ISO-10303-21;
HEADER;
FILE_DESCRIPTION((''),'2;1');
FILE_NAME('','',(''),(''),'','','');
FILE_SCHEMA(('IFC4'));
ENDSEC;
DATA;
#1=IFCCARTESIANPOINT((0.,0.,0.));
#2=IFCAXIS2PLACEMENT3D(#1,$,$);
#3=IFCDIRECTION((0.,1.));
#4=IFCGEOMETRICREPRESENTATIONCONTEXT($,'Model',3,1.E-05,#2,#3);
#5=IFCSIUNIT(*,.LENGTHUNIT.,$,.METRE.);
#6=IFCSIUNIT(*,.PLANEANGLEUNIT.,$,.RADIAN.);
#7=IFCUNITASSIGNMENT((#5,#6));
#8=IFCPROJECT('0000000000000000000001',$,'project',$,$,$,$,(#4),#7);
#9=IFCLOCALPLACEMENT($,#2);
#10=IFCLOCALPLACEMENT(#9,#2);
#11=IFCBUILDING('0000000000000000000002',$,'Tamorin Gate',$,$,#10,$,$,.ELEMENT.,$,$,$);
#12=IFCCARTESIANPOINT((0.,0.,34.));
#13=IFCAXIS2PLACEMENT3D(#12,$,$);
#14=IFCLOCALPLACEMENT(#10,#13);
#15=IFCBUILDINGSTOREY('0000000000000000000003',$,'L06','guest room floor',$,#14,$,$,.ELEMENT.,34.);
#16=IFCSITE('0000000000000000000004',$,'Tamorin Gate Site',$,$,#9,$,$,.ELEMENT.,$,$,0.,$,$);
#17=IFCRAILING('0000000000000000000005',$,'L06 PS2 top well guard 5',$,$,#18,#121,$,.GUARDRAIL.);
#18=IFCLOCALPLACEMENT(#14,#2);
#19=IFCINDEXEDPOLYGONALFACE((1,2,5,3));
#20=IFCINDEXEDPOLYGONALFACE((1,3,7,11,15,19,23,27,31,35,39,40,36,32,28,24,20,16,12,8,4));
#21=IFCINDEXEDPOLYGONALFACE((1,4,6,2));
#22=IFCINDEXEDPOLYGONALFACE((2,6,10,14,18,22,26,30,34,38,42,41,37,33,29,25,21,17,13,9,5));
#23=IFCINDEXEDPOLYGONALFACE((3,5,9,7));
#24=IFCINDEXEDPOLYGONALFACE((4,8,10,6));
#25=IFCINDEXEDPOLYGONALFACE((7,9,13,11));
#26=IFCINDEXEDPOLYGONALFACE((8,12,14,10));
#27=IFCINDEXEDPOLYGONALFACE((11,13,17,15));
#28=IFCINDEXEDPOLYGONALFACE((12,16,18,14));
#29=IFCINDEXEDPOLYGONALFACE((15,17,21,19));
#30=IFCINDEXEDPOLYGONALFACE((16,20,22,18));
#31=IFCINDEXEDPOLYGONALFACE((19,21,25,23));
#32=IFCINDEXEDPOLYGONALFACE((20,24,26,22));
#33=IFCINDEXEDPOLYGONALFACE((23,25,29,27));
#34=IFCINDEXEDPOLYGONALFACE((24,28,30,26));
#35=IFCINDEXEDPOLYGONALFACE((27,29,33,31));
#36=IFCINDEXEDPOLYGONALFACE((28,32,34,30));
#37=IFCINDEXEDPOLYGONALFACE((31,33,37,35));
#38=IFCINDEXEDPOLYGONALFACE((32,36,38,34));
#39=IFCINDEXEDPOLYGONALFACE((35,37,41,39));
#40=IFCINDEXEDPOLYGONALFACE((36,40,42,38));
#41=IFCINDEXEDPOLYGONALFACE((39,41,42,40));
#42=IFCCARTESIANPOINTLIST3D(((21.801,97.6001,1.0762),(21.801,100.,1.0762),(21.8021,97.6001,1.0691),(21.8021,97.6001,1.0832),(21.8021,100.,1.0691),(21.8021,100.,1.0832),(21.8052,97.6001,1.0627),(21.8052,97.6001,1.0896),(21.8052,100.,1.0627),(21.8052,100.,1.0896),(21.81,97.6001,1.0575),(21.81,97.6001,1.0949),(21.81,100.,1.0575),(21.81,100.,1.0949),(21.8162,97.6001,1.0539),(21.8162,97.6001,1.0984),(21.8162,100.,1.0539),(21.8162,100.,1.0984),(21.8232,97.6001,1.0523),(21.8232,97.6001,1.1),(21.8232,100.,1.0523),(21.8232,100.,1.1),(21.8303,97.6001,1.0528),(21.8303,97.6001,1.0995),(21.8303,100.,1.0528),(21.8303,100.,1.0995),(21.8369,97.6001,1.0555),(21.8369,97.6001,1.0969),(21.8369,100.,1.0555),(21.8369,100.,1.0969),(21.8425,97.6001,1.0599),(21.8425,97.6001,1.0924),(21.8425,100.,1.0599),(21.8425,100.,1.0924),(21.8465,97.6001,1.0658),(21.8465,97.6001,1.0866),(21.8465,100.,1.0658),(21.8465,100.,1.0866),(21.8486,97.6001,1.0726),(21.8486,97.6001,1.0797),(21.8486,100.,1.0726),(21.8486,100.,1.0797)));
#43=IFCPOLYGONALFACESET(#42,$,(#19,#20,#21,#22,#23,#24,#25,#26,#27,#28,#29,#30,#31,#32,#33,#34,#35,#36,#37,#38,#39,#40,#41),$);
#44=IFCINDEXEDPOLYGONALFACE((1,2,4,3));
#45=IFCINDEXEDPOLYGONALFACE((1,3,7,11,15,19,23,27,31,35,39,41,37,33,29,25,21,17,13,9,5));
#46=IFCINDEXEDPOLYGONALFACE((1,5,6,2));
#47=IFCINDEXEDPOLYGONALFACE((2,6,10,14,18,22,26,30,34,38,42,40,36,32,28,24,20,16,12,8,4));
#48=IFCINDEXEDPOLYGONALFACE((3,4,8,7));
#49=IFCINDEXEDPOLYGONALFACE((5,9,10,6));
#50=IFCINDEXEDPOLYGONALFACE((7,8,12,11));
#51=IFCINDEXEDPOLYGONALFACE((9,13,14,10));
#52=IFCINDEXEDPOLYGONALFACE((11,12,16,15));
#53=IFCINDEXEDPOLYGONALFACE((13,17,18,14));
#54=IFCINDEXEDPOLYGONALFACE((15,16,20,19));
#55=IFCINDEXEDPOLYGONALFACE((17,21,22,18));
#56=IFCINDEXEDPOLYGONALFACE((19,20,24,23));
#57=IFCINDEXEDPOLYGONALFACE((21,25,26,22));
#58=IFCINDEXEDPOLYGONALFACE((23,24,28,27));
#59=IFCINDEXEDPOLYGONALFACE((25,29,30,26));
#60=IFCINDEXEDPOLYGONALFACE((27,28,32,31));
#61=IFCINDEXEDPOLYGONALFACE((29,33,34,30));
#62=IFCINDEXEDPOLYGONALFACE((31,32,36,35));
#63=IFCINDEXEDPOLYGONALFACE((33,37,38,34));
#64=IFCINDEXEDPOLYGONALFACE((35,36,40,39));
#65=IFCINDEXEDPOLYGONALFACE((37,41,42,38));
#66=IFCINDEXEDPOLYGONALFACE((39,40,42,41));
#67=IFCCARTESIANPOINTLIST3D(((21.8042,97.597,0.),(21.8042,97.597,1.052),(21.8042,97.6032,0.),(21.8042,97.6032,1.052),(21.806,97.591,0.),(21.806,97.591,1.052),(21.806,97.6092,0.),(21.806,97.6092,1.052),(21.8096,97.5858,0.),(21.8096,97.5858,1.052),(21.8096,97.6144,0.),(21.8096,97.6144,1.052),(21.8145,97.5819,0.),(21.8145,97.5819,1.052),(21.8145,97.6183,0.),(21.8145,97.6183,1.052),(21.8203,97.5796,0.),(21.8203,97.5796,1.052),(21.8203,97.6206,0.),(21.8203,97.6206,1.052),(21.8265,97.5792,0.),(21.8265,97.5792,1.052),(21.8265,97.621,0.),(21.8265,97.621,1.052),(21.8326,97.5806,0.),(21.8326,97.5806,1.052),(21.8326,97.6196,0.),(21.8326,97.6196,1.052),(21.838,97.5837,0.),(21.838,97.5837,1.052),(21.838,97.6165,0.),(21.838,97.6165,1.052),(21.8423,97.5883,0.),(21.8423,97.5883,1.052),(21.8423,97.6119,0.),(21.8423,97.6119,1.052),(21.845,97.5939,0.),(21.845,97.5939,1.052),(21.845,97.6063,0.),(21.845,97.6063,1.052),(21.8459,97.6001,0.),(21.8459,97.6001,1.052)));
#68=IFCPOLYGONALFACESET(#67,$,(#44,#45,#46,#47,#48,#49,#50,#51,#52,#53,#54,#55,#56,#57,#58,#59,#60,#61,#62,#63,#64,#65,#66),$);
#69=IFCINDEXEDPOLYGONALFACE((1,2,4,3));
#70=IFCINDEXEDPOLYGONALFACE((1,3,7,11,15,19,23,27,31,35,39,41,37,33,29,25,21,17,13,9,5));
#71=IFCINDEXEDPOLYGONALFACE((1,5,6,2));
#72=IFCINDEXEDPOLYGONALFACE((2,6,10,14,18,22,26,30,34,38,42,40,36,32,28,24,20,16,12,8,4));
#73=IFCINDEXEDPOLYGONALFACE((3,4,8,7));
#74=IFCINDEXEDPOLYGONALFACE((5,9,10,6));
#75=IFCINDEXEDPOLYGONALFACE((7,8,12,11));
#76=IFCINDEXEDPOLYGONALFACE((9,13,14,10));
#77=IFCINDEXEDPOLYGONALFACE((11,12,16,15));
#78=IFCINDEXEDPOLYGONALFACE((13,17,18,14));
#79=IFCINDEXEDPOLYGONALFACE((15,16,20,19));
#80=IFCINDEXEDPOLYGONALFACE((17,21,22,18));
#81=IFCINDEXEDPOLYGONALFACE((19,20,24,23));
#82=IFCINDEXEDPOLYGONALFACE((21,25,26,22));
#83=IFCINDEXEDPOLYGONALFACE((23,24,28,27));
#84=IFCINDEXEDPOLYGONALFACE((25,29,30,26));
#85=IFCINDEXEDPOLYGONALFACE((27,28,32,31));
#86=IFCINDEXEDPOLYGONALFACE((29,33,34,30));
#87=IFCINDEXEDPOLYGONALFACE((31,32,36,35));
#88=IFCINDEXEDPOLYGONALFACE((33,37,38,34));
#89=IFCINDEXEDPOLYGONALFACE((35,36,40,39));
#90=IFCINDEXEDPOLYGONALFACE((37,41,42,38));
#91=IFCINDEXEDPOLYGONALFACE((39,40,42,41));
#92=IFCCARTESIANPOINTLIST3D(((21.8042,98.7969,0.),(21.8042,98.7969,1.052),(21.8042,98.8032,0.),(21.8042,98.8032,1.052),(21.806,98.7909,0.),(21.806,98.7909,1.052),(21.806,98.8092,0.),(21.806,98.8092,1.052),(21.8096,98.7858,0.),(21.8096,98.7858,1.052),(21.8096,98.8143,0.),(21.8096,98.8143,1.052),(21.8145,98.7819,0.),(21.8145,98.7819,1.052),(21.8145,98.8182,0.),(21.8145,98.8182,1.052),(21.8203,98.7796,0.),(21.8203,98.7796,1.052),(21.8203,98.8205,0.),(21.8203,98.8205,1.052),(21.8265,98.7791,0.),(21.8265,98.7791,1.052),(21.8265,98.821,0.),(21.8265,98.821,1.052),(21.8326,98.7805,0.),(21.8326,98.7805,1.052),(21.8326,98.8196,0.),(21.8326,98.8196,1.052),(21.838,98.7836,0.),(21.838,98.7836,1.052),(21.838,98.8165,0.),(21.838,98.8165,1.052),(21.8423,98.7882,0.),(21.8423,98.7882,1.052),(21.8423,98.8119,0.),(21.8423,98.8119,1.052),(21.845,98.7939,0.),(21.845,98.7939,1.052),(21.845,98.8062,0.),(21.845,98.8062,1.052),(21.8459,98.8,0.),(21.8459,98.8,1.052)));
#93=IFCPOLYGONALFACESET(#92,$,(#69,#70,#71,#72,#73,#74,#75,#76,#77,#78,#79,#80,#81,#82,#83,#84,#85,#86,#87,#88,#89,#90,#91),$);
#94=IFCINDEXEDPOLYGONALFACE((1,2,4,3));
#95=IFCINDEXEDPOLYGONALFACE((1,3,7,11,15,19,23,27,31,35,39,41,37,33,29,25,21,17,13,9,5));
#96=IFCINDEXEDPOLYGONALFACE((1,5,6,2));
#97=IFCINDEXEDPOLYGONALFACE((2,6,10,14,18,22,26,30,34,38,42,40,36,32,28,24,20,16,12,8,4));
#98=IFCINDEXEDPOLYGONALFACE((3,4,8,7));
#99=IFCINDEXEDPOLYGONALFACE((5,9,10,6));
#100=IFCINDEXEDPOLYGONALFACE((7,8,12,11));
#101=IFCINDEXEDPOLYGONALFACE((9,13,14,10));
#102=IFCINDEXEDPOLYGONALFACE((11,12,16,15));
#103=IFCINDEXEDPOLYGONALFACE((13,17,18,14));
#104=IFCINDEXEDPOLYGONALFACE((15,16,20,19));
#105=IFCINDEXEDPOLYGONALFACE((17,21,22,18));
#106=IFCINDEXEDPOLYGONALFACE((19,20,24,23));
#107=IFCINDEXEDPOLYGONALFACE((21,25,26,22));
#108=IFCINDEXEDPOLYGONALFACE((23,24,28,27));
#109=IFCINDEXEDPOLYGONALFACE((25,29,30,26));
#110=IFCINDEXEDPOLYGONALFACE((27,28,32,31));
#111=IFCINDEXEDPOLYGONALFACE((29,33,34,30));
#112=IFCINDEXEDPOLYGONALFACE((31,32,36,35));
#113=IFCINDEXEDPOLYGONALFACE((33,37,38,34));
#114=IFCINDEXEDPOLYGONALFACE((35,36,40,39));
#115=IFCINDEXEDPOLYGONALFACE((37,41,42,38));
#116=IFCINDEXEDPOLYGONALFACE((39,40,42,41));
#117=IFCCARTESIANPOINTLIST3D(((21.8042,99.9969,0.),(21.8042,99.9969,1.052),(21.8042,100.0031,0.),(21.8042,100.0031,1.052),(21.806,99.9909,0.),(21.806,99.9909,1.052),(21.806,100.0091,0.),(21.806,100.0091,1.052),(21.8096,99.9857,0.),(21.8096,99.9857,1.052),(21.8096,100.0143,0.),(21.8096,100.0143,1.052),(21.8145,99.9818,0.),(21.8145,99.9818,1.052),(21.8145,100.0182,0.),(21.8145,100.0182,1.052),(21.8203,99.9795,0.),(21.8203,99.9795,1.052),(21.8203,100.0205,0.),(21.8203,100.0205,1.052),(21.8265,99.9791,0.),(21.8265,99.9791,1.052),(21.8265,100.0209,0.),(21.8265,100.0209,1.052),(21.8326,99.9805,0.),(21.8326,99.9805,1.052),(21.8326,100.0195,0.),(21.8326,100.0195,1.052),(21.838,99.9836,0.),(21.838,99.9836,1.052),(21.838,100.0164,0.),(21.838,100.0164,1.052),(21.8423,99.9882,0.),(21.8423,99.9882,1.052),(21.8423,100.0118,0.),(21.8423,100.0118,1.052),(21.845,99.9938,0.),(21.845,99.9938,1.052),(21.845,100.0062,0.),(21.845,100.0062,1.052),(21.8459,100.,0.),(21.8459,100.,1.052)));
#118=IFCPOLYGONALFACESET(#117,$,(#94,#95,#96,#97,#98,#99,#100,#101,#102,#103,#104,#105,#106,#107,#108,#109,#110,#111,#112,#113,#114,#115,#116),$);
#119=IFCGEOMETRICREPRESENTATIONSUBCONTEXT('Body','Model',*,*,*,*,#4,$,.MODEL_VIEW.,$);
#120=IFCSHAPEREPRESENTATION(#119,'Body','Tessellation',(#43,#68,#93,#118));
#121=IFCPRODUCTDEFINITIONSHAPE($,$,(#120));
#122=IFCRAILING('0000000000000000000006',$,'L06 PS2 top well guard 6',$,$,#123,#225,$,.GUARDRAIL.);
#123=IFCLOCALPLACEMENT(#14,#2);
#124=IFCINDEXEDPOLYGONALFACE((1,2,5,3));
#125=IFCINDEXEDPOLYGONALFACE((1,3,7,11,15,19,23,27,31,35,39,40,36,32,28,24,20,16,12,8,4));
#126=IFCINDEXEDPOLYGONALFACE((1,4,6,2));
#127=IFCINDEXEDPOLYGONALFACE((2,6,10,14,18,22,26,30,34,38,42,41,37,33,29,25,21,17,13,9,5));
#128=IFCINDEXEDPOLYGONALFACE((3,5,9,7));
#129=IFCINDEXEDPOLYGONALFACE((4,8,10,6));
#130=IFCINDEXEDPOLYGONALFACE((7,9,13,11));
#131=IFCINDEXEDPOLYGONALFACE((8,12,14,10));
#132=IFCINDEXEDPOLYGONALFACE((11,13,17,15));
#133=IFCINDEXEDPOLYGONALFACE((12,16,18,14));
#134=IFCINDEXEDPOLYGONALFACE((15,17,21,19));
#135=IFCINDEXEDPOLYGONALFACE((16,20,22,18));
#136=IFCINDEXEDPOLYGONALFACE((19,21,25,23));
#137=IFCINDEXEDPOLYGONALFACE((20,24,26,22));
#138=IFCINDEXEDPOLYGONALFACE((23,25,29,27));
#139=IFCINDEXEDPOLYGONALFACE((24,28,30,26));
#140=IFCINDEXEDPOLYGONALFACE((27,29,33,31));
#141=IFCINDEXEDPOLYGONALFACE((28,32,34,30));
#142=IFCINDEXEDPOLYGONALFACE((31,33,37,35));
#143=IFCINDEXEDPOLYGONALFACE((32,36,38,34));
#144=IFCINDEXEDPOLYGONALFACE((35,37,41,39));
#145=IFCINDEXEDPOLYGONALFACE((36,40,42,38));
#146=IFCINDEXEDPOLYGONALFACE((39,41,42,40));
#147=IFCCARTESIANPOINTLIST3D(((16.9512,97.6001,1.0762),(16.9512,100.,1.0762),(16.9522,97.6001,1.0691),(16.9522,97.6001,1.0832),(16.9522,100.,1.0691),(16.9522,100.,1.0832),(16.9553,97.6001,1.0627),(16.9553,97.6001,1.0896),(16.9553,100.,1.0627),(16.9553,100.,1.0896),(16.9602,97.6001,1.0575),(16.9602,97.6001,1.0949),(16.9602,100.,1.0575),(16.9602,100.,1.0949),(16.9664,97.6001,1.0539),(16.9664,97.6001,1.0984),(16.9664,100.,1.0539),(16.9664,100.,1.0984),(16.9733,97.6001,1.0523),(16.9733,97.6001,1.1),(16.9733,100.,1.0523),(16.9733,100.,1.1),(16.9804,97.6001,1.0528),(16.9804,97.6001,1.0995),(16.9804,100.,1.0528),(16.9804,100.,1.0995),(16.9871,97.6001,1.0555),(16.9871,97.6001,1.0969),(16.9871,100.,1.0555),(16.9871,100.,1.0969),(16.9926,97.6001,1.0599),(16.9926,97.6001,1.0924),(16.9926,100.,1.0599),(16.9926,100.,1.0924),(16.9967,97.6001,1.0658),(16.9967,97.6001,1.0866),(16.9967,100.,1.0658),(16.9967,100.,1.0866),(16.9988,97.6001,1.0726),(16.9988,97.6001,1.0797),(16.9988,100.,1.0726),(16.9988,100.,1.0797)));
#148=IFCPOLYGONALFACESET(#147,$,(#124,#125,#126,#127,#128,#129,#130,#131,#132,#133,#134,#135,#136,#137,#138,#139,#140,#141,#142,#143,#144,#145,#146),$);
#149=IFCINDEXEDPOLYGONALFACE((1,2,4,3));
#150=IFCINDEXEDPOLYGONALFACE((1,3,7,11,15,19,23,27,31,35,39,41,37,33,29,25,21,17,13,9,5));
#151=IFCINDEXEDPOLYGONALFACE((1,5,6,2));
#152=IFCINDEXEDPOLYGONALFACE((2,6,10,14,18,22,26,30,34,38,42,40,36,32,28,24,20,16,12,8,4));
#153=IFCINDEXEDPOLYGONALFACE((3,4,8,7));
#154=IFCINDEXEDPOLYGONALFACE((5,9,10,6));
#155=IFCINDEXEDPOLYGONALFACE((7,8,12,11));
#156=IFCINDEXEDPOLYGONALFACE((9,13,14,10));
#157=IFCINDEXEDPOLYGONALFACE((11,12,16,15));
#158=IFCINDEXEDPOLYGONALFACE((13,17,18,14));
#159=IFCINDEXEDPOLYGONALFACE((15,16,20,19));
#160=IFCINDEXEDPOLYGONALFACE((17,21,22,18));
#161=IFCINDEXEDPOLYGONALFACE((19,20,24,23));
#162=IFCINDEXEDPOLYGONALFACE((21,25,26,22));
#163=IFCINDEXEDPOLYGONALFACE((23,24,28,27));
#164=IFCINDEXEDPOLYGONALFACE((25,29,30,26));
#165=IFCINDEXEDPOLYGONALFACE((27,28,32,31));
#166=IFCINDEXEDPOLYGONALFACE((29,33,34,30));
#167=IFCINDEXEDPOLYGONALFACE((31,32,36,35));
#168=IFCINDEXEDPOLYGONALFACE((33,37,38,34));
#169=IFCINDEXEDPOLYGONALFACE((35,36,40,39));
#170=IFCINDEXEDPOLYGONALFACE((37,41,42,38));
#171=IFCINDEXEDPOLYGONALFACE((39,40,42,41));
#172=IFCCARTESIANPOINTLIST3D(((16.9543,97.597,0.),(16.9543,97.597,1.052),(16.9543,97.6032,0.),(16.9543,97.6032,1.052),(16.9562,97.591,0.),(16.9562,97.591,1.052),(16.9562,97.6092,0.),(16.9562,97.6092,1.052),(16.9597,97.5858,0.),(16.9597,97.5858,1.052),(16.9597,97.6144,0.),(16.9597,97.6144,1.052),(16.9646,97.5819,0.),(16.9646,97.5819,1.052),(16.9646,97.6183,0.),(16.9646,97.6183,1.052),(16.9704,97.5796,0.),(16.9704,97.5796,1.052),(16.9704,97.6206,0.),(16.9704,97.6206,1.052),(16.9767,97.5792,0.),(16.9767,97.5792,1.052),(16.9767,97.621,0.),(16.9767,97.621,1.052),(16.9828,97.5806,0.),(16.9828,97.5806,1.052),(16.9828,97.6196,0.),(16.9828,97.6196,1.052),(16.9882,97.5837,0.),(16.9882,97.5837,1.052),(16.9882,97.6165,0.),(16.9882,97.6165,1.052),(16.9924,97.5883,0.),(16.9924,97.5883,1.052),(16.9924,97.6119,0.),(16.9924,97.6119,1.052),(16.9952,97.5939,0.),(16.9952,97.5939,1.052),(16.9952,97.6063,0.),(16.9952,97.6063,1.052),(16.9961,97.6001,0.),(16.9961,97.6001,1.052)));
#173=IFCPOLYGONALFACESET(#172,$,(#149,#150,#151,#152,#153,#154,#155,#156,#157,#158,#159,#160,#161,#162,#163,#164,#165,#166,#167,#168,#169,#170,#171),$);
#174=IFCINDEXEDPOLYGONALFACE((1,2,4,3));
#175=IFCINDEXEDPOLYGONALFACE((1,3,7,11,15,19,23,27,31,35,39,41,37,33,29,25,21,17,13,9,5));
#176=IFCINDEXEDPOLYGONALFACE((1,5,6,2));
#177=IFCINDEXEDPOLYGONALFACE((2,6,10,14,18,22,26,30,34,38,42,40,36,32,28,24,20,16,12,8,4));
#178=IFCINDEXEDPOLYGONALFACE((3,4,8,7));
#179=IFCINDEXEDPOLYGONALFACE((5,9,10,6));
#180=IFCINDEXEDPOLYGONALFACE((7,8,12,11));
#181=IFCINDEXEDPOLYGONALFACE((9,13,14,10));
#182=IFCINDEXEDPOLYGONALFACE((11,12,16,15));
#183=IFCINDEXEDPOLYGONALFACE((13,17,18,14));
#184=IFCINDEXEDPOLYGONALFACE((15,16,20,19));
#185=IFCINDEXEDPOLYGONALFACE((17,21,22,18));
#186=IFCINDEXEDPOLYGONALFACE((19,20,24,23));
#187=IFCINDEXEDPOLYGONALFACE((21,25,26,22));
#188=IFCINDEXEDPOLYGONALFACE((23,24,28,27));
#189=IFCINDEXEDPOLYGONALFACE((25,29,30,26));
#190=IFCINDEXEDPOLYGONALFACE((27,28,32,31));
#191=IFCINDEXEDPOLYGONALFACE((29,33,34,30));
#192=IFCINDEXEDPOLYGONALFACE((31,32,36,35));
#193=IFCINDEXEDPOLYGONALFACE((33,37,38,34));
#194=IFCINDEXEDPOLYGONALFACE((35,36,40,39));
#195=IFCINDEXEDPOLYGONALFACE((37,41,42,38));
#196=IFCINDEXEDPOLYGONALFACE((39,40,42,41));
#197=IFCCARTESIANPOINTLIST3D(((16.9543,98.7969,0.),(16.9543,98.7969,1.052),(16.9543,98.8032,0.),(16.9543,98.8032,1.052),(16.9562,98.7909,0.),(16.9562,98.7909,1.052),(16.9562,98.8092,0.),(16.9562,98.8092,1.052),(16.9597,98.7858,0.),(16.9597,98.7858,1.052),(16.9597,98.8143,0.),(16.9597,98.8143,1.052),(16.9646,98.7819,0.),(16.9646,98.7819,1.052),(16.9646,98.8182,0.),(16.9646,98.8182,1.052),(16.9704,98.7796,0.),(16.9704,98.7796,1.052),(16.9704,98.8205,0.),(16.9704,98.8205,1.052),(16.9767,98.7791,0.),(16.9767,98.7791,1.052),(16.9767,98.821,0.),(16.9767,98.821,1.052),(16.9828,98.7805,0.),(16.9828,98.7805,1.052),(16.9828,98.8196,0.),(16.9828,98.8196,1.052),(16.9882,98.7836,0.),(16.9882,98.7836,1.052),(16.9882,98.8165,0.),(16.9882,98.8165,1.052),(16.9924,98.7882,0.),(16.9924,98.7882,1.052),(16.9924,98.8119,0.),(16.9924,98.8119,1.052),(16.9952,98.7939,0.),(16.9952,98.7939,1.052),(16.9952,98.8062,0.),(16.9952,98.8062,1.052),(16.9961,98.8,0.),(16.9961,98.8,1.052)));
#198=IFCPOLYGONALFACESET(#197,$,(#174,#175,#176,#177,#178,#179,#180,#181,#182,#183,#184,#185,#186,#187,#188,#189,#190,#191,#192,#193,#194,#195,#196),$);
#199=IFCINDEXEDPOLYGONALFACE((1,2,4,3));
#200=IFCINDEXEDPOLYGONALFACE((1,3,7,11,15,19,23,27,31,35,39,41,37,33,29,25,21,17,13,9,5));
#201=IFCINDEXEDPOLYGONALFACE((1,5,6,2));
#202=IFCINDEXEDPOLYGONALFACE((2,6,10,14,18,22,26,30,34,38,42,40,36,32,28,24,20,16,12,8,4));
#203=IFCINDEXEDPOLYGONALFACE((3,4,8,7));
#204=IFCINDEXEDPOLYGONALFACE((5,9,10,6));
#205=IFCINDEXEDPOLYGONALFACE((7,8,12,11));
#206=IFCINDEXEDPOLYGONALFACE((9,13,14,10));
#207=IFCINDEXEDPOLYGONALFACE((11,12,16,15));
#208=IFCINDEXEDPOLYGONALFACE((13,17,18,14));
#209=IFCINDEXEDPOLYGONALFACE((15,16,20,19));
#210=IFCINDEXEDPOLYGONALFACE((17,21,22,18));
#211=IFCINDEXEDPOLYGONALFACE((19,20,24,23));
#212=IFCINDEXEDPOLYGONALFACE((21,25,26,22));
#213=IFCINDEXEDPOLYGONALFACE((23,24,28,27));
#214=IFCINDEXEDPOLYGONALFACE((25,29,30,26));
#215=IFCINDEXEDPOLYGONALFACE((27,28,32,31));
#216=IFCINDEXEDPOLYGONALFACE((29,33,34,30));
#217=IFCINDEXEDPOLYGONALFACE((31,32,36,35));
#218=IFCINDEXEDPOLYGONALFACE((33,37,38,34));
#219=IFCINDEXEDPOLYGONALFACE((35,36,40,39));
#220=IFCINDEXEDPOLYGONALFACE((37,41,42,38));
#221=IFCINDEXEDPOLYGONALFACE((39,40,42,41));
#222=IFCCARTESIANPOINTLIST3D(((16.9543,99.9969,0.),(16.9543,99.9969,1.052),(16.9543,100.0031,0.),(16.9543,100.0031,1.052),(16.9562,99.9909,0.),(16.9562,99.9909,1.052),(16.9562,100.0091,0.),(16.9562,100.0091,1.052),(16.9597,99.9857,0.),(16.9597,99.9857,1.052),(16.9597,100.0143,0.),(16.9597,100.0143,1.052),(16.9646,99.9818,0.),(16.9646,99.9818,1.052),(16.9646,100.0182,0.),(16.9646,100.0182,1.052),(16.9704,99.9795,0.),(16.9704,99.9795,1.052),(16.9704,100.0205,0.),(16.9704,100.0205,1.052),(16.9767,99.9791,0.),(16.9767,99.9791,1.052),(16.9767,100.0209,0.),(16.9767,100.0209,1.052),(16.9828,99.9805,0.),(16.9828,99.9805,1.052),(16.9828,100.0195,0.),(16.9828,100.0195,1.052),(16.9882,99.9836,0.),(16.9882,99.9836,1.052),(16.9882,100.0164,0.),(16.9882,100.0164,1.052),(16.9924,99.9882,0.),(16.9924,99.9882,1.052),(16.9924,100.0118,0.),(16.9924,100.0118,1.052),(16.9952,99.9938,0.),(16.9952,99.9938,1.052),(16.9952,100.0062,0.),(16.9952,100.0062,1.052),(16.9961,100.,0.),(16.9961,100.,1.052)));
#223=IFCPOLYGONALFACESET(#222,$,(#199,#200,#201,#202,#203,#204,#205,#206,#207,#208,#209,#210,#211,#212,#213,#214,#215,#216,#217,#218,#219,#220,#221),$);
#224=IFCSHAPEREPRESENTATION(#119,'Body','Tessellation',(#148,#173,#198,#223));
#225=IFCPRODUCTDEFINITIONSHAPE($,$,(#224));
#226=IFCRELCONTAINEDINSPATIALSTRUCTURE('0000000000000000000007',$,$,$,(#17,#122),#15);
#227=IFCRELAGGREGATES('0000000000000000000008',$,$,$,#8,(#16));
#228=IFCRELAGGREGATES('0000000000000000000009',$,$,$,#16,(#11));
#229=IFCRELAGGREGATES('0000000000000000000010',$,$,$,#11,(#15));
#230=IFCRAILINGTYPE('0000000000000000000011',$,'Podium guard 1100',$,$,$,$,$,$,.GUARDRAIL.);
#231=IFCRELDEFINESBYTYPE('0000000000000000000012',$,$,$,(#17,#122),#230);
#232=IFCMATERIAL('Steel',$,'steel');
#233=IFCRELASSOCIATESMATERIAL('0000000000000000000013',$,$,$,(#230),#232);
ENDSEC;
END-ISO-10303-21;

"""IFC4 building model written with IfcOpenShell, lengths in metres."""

from ifc_helpers import new_model, si_unit, direction, frame, origin, origin_2d, place, context, subcontext, project, spatial, circle, extrude, material, type_object, element, save


model = new_model("IFC4")

# Units and contexts
model_context = context("Model", 3, precision=1e-05, world=origin(), true_north=direction((0.0, 1.0)))
body_context = subcontext(model_context, "Body", "Model", "MODEL_VIEW")
ifc_project = project(units=[si_unit("LENGTHUNIT", "METRE"), si_unit("PLANEANGLEUNIT", "RADIAN")], contexts=[model_context])

# Site, building, storey
site_placement = place(None, origin())
site = spatial("IfcSite", under=ifc_project, at=site_placement, Name="Tamorin Gate Site", CompositionType="ELEMENT", RefElevation=0.0)
building_placement = place(site_placement, origin())
building = spatial("IfcBuilding", under=site, at=building_placement, Name="Tamorin Gate", CompositionType="ELEMENT")
storey_placement = place(building_placement, frame((0.0, 0.0, 34.0)))
storey = spatial("IfcBuildingStorey", under=building, at=storey_placement, Name="L06", Description="guest room floor", CompositionType="ELEMENT", Elevation=34.0)

# Railings
ifc_material_1 = material(Name="Steel", Category="steel")
railing_type_1 = type_object("IfcRailingType", Name="Podium guard 1100", PredefinedType="GUARDRAIL", material=ifc_material_1)
for number, where, name in (
    (1, (21.825, 97.6001, 0.0), "L06 PS2 top well guard 5"),
    (2, (16.9751, 97.6001, 0.0), "L06 PS2 top well guard 6"),
):
    element("IfcRailing", number, at=place(storey_placement, frame(where)), inside=storey, type_object=railing_type_1, Name=name, PredefinedType="GUARDRAIL", context=body_context, shape_type="SweptSolid", body=[
        extrude(circle(Radius=0.0239, at=origin_2d()), frame((0.0, 0.0, 1.0762), z_axis=(0.0, 1.0, 0.0), x_axis=(-1.0, 0.0, 0.0)), (0.0, 0.0, 1.0), 2.3999),
        extrude(circle(Radius=0.021, at=origin_2d()), origin(), (0.0, 0.0, 1.0), 1.052),
        extrude(circle(Radius=0.021, at=origin_2d()), frame((0.0, 1.2, 0.0)), (0.0, 0.0, 1.0), 1.052),
        extrude(circle(Radius=0.021, at=origin_2d()), frame((0.0, 2.3999, 0.0)), (0.0, 0.0, 1.0), 1.052),
    ])

save(model, "model.ifc")
